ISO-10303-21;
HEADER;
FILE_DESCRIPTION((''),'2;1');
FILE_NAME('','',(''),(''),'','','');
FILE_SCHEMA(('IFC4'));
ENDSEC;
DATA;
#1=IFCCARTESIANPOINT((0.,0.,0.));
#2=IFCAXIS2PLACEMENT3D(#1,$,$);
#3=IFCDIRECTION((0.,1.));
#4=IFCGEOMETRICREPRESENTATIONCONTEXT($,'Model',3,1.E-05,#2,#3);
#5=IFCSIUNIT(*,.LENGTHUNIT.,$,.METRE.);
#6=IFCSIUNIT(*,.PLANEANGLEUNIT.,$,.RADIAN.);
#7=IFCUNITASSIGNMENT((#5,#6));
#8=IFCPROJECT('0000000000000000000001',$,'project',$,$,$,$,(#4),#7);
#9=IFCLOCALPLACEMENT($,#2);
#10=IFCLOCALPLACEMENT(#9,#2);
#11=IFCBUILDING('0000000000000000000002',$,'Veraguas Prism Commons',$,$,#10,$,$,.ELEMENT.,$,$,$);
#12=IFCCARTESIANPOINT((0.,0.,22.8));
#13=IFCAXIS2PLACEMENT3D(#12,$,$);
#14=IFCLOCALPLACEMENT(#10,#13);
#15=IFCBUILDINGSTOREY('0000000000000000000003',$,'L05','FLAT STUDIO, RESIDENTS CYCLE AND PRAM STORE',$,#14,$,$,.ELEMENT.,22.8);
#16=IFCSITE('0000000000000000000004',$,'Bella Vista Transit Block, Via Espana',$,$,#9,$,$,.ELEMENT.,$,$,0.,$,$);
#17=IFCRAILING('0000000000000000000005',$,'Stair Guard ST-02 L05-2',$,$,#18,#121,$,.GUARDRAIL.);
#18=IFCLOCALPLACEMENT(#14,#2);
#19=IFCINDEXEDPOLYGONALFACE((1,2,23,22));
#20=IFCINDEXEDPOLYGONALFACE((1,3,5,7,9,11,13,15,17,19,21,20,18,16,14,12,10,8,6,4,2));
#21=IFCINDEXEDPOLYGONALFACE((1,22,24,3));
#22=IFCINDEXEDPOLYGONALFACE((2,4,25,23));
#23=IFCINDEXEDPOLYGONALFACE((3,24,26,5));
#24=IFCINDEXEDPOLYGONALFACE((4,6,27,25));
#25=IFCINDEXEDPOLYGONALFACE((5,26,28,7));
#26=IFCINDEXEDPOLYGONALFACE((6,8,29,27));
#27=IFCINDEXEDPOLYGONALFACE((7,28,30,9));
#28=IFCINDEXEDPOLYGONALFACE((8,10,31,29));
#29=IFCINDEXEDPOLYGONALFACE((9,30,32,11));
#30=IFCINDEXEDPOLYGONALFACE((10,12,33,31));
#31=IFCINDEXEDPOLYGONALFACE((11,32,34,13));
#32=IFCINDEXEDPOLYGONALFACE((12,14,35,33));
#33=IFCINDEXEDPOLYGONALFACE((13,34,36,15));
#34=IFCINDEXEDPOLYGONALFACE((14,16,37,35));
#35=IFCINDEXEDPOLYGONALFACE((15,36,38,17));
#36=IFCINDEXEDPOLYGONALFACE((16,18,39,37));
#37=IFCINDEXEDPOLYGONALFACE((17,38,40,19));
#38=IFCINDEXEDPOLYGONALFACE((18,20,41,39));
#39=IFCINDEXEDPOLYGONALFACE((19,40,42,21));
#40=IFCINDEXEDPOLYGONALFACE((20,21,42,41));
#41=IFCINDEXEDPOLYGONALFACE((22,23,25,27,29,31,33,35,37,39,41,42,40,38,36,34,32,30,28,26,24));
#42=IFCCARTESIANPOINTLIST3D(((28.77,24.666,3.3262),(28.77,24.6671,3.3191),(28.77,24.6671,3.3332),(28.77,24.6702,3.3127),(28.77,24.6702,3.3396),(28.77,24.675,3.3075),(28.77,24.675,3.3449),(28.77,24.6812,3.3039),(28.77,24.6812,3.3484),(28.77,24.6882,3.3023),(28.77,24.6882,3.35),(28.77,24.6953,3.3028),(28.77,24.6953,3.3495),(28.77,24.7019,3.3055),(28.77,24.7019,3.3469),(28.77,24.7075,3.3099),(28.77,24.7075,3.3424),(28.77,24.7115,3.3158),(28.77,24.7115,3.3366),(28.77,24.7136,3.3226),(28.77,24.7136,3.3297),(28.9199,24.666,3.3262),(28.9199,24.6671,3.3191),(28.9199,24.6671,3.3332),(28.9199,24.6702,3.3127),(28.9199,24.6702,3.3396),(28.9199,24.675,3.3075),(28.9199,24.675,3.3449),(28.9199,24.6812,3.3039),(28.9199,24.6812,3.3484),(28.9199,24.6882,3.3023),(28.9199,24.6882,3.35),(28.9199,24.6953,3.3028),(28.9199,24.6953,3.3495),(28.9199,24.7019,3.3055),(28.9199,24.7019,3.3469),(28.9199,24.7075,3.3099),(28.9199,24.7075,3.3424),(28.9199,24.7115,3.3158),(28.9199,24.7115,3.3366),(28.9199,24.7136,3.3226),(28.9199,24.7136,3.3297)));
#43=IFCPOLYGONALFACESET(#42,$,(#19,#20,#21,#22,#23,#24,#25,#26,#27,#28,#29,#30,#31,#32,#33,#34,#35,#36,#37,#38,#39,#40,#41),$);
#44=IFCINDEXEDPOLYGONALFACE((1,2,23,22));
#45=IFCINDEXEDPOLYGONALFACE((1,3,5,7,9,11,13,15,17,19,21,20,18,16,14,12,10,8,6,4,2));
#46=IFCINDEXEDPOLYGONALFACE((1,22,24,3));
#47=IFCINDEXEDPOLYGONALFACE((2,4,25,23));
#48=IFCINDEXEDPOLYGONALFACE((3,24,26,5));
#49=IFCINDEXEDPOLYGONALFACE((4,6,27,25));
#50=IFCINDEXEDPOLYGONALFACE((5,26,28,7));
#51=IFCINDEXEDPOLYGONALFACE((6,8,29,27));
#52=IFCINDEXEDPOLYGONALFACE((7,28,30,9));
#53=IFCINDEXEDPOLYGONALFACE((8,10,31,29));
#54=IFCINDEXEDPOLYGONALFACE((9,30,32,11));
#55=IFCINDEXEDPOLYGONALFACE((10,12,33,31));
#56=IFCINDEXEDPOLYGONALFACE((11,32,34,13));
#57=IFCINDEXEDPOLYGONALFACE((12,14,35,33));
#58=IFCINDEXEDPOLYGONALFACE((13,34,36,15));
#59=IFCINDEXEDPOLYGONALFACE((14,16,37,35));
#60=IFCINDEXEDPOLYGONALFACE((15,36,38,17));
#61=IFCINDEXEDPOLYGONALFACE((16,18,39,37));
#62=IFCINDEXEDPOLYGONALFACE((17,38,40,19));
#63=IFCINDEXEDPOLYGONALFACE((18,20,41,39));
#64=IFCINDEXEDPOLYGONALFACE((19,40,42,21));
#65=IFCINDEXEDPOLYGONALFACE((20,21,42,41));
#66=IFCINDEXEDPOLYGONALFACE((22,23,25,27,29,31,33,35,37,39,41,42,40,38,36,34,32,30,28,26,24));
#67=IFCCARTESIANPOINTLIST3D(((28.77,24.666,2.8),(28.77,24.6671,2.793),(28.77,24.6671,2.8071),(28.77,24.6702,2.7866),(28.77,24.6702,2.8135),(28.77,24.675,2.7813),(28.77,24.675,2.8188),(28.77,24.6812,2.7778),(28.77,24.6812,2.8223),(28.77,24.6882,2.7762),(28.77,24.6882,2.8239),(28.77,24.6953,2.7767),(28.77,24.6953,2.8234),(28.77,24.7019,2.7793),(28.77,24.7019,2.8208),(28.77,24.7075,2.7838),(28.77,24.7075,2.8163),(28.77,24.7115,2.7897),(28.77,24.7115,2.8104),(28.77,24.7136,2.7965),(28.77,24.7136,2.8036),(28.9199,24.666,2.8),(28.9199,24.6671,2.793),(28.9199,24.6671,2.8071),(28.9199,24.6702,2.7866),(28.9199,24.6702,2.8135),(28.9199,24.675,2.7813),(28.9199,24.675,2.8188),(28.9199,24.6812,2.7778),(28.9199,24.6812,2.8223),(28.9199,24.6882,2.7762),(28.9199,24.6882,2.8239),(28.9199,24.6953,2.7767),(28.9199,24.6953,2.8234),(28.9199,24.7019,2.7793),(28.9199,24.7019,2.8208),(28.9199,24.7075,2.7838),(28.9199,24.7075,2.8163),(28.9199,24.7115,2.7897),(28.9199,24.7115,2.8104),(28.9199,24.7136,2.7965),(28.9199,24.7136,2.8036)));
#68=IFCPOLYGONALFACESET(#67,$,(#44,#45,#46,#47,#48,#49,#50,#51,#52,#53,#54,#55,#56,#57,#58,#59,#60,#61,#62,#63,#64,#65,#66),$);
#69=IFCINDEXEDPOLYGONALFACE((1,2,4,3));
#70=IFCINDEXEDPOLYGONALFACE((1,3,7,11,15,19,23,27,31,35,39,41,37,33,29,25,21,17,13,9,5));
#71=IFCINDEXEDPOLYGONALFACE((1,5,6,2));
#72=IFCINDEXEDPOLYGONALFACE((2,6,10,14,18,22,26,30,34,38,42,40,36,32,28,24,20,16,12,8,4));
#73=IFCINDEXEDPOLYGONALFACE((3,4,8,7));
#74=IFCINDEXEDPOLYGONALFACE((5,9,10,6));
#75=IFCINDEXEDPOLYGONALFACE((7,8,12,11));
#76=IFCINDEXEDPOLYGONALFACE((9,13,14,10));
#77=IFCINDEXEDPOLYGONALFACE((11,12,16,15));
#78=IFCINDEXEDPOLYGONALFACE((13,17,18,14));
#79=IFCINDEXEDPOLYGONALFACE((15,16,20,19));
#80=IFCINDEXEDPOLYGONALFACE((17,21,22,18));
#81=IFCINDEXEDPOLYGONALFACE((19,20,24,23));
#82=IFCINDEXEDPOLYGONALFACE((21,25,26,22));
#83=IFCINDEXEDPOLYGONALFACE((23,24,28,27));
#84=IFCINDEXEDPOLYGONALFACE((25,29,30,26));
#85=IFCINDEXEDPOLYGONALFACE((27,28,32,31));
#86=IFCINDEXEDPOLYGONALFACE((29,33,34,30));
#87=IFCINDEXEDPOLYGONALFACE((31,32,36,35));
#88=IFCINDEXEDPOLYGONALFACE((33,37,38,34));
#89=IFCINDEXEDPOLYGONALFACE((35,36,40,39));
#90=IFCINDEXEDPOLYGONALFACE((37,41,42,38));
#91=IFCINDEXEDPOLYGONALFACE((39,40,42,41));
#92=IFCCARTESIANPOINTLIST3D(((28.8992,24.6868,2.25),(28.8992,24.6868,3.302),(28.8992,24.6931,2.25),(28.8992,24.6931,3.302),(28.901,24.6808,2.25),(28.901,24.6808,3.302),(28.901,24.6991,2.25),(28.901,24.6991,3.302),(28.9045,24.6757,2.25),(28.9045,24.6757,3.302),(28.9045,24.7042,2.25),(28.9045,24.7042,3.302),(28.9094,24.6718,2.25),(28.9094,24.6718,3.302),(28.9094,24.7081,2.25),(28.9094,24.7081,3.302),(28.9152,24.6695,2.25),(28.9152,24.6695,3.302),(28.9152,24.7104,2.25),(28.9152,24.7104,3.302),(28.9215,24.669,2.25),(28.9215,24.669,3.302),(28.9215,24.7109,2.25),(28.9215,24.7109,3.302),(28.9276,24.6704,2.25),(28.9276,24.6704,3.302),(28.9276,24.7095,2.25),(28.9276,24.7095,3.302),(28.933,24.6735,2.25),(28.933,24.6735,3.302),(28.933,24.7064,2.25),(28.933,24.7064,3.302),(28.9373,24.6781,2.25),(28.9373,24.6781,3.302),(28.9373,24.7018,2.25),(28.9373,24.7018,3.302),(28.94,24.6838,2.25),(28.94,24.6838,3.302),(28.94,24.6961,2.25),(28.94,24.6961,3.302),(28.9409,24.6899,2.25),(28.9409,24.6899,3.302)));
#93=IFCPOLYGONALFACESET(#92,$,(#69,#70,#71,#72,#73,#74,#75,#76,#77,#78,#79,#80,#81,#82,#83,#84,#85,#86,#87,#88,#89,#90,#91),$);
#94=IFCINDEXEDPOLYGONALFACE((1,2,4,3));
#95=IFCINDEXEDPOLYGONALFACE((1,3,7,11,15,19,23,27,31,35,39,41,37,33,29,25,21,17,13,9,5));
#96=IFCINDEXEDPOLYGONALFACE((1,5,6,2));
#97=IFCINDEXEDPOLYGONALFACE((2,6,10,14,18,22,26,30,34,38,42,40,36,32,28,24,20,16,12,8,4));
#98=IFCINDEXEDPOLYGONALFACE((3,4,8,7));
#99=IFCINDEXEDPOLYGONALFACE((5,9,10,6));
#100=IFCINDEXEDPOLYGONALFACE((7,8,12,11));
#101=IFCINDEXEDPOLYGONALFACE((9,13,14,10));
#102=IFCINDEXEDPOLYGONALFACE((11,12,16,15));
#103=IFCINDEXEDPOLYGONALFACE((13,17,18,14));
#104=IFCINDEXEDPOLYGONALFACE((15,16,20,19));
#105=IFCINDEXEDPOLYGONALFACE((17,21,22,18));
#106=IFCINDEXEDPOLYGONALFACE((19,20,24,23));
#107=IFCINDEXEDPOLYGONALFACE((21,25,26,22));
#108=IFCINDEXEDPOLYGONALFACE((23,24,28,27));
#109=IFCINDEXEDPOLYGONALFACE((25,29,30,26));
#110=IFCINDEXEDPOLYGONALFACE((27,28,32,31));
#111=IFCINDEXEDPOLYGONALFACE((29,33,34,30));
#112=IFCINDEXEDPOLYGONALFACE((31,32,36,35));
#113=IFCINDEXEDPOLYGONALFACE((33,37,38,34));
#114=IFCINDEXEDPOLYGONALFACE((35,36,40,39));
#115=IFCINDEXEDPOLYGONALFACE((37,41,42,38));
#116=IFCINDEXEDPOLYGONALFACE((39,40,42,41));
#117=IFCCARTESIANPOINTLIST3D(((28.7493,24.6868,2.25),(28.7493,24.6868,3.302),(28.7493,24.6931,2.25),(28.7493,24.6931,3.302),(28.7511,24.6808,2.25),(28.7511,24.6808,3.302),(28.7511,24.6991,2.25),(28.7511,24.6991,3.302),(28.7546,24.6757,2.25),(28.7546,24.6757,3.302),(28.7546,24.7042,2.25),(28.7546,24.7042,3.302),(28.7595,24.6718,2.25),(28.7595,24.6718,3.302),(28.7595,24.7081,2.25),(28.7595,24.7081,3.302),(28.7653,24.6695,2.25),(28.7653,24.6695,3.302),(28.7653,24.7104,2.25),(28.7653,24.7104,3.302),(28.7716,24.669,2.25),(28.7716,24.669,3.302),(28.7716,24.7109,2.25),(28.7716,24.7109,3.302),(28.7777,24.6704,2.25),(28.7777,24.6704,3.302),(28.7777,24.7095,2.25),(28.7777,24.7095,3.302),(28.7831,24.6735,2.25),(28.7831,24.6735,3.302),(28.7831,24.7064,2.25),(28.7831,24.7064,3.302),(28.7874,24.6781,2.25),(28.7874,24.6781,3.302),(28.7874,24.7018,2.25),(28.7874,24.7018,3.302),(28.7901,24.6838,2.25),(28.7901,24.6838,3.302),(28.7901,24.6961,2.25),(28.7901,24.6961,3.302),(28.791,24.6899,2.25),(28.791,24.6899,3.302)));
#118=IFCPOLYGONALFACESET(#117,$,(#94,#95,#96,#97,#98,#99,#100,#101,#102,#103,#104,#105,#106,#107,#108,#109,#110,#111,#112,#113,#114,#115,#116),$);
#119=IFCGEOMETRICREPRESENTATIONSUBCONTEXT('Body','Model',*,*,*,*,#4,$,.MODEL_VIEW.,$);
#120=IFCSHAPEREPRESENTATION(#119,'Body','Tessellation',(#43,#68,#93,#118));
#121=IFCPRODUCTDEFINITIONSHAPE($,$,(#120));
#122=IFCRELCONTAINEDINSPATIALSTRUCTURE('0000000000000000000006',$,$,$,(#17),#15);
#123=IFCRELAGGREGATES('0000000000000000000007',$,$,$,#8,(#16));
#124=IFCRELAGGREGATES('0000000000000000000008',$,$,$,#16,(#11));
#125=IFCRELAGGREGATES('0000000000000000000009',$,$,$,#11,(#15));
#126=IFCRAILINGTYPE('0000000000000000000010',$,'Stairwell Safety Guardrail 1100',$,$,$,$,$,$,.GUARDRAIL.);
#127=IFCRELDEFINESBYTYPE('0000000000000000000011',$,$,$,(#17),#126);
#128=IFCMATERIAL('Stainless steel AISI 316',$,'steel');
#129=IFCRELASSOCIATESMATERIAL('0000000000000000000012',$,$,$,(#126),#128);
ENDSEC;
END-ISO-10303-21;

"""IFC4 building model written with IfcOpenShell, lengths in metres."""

from ifc_helpers import new_model, si_unit, direction, frame, origin, origin_2d, place, context, subcontext, project, spatial, circle, extrude, material, type_object, element, save


model = new_model("IFC4")

# Units and contexts
model_context = context("Model", 3, precision=1e-05, world=origin(), true_north=direction((0.0, 1.0)))
body_context = subcontext(model_context, "Body", "Model", "MODEL_VIEW")
ifc_project = project(units=[si_unit("LENGTHUNIT", "METRE"), si_unit("PLANEANGLEUNIT", "RADIAN")], contexts=[model_context])

# Site, building, storey
site_placement = place(None, origin())
site = spatial("IfcSite", under=ifc_project, at=site_placement, Name="Bella Vista Transit Block, Via Espana", CompositionType="ELEMENT", RefElevation=0.0)
building_placement = place(site_placement, origin())
building = spatial("IfcBuilding", under=site, at=building_placement, Name="Veraguas Prism Commons", CompositionType="ELEMENT")
storey_placement = place(building_placement, frame((0.0, 0.0, 22.8)))
storey = spatial("IfcBuildingStorey", under=building, at=storey_placement, Name="L05", Description="FLAT STUDIO, RESIDENTS CYCLE AND PRAM STORE", CompositionType="ELEMENT", Elevation=22.8)

# Shared definitions
ifc_material_1 = material(Name="Stainless steel AISI 316", Category="steel")

# Railing
railing_type_1 = type_object("IfcRailingType", Name="Stairwell Safety Guardrail 1100", PredefinedType="GUARDRAIL", material=ifc_material_1)
railing_1_placement = place(storey_placement, frame((28.9199, 24.6899, 2.25)))
element("IfcRailing", 1, at=railing_1_placement, inside=storey, type_object=railing_type_1, Name="Stair Guard ST-02 L05-2", PredefinedType="GUARDRAIL", context=body_context, shape_type="SweptSolid", body=[
    extrude(circle(Radius=0.0239, at=origin_2d()), frame((0.0, 0.0, 1.0762), z_axis=(-1.0, 0.0, 0.0), x_axis=(0.0, -1.0, 0.0)), (0.0, 0.0, 1.0), 0.1499),
    extrude(circle(Radius=0.0239, at=origin_2d()), frame((0.0, 0.0, 0.55), z_axis=(-1.0, 0.0, 0.0), x_axis=(0.0, -1.0, 0.0)), (0.0, 0.0, 1.0), 0.1499),
    extrude(circle(Radius=0.021, at=origin_2d()), origin(), (0.0, 0.0, 1.0), 1.052),
    extrude(circle(Radius=0.021, at=origin_2d()), frame((-0.1499, 0.0, 0.0)), (0.0, 0.0, 1.0), 1.052),
])

save(model, "model.ifc")
